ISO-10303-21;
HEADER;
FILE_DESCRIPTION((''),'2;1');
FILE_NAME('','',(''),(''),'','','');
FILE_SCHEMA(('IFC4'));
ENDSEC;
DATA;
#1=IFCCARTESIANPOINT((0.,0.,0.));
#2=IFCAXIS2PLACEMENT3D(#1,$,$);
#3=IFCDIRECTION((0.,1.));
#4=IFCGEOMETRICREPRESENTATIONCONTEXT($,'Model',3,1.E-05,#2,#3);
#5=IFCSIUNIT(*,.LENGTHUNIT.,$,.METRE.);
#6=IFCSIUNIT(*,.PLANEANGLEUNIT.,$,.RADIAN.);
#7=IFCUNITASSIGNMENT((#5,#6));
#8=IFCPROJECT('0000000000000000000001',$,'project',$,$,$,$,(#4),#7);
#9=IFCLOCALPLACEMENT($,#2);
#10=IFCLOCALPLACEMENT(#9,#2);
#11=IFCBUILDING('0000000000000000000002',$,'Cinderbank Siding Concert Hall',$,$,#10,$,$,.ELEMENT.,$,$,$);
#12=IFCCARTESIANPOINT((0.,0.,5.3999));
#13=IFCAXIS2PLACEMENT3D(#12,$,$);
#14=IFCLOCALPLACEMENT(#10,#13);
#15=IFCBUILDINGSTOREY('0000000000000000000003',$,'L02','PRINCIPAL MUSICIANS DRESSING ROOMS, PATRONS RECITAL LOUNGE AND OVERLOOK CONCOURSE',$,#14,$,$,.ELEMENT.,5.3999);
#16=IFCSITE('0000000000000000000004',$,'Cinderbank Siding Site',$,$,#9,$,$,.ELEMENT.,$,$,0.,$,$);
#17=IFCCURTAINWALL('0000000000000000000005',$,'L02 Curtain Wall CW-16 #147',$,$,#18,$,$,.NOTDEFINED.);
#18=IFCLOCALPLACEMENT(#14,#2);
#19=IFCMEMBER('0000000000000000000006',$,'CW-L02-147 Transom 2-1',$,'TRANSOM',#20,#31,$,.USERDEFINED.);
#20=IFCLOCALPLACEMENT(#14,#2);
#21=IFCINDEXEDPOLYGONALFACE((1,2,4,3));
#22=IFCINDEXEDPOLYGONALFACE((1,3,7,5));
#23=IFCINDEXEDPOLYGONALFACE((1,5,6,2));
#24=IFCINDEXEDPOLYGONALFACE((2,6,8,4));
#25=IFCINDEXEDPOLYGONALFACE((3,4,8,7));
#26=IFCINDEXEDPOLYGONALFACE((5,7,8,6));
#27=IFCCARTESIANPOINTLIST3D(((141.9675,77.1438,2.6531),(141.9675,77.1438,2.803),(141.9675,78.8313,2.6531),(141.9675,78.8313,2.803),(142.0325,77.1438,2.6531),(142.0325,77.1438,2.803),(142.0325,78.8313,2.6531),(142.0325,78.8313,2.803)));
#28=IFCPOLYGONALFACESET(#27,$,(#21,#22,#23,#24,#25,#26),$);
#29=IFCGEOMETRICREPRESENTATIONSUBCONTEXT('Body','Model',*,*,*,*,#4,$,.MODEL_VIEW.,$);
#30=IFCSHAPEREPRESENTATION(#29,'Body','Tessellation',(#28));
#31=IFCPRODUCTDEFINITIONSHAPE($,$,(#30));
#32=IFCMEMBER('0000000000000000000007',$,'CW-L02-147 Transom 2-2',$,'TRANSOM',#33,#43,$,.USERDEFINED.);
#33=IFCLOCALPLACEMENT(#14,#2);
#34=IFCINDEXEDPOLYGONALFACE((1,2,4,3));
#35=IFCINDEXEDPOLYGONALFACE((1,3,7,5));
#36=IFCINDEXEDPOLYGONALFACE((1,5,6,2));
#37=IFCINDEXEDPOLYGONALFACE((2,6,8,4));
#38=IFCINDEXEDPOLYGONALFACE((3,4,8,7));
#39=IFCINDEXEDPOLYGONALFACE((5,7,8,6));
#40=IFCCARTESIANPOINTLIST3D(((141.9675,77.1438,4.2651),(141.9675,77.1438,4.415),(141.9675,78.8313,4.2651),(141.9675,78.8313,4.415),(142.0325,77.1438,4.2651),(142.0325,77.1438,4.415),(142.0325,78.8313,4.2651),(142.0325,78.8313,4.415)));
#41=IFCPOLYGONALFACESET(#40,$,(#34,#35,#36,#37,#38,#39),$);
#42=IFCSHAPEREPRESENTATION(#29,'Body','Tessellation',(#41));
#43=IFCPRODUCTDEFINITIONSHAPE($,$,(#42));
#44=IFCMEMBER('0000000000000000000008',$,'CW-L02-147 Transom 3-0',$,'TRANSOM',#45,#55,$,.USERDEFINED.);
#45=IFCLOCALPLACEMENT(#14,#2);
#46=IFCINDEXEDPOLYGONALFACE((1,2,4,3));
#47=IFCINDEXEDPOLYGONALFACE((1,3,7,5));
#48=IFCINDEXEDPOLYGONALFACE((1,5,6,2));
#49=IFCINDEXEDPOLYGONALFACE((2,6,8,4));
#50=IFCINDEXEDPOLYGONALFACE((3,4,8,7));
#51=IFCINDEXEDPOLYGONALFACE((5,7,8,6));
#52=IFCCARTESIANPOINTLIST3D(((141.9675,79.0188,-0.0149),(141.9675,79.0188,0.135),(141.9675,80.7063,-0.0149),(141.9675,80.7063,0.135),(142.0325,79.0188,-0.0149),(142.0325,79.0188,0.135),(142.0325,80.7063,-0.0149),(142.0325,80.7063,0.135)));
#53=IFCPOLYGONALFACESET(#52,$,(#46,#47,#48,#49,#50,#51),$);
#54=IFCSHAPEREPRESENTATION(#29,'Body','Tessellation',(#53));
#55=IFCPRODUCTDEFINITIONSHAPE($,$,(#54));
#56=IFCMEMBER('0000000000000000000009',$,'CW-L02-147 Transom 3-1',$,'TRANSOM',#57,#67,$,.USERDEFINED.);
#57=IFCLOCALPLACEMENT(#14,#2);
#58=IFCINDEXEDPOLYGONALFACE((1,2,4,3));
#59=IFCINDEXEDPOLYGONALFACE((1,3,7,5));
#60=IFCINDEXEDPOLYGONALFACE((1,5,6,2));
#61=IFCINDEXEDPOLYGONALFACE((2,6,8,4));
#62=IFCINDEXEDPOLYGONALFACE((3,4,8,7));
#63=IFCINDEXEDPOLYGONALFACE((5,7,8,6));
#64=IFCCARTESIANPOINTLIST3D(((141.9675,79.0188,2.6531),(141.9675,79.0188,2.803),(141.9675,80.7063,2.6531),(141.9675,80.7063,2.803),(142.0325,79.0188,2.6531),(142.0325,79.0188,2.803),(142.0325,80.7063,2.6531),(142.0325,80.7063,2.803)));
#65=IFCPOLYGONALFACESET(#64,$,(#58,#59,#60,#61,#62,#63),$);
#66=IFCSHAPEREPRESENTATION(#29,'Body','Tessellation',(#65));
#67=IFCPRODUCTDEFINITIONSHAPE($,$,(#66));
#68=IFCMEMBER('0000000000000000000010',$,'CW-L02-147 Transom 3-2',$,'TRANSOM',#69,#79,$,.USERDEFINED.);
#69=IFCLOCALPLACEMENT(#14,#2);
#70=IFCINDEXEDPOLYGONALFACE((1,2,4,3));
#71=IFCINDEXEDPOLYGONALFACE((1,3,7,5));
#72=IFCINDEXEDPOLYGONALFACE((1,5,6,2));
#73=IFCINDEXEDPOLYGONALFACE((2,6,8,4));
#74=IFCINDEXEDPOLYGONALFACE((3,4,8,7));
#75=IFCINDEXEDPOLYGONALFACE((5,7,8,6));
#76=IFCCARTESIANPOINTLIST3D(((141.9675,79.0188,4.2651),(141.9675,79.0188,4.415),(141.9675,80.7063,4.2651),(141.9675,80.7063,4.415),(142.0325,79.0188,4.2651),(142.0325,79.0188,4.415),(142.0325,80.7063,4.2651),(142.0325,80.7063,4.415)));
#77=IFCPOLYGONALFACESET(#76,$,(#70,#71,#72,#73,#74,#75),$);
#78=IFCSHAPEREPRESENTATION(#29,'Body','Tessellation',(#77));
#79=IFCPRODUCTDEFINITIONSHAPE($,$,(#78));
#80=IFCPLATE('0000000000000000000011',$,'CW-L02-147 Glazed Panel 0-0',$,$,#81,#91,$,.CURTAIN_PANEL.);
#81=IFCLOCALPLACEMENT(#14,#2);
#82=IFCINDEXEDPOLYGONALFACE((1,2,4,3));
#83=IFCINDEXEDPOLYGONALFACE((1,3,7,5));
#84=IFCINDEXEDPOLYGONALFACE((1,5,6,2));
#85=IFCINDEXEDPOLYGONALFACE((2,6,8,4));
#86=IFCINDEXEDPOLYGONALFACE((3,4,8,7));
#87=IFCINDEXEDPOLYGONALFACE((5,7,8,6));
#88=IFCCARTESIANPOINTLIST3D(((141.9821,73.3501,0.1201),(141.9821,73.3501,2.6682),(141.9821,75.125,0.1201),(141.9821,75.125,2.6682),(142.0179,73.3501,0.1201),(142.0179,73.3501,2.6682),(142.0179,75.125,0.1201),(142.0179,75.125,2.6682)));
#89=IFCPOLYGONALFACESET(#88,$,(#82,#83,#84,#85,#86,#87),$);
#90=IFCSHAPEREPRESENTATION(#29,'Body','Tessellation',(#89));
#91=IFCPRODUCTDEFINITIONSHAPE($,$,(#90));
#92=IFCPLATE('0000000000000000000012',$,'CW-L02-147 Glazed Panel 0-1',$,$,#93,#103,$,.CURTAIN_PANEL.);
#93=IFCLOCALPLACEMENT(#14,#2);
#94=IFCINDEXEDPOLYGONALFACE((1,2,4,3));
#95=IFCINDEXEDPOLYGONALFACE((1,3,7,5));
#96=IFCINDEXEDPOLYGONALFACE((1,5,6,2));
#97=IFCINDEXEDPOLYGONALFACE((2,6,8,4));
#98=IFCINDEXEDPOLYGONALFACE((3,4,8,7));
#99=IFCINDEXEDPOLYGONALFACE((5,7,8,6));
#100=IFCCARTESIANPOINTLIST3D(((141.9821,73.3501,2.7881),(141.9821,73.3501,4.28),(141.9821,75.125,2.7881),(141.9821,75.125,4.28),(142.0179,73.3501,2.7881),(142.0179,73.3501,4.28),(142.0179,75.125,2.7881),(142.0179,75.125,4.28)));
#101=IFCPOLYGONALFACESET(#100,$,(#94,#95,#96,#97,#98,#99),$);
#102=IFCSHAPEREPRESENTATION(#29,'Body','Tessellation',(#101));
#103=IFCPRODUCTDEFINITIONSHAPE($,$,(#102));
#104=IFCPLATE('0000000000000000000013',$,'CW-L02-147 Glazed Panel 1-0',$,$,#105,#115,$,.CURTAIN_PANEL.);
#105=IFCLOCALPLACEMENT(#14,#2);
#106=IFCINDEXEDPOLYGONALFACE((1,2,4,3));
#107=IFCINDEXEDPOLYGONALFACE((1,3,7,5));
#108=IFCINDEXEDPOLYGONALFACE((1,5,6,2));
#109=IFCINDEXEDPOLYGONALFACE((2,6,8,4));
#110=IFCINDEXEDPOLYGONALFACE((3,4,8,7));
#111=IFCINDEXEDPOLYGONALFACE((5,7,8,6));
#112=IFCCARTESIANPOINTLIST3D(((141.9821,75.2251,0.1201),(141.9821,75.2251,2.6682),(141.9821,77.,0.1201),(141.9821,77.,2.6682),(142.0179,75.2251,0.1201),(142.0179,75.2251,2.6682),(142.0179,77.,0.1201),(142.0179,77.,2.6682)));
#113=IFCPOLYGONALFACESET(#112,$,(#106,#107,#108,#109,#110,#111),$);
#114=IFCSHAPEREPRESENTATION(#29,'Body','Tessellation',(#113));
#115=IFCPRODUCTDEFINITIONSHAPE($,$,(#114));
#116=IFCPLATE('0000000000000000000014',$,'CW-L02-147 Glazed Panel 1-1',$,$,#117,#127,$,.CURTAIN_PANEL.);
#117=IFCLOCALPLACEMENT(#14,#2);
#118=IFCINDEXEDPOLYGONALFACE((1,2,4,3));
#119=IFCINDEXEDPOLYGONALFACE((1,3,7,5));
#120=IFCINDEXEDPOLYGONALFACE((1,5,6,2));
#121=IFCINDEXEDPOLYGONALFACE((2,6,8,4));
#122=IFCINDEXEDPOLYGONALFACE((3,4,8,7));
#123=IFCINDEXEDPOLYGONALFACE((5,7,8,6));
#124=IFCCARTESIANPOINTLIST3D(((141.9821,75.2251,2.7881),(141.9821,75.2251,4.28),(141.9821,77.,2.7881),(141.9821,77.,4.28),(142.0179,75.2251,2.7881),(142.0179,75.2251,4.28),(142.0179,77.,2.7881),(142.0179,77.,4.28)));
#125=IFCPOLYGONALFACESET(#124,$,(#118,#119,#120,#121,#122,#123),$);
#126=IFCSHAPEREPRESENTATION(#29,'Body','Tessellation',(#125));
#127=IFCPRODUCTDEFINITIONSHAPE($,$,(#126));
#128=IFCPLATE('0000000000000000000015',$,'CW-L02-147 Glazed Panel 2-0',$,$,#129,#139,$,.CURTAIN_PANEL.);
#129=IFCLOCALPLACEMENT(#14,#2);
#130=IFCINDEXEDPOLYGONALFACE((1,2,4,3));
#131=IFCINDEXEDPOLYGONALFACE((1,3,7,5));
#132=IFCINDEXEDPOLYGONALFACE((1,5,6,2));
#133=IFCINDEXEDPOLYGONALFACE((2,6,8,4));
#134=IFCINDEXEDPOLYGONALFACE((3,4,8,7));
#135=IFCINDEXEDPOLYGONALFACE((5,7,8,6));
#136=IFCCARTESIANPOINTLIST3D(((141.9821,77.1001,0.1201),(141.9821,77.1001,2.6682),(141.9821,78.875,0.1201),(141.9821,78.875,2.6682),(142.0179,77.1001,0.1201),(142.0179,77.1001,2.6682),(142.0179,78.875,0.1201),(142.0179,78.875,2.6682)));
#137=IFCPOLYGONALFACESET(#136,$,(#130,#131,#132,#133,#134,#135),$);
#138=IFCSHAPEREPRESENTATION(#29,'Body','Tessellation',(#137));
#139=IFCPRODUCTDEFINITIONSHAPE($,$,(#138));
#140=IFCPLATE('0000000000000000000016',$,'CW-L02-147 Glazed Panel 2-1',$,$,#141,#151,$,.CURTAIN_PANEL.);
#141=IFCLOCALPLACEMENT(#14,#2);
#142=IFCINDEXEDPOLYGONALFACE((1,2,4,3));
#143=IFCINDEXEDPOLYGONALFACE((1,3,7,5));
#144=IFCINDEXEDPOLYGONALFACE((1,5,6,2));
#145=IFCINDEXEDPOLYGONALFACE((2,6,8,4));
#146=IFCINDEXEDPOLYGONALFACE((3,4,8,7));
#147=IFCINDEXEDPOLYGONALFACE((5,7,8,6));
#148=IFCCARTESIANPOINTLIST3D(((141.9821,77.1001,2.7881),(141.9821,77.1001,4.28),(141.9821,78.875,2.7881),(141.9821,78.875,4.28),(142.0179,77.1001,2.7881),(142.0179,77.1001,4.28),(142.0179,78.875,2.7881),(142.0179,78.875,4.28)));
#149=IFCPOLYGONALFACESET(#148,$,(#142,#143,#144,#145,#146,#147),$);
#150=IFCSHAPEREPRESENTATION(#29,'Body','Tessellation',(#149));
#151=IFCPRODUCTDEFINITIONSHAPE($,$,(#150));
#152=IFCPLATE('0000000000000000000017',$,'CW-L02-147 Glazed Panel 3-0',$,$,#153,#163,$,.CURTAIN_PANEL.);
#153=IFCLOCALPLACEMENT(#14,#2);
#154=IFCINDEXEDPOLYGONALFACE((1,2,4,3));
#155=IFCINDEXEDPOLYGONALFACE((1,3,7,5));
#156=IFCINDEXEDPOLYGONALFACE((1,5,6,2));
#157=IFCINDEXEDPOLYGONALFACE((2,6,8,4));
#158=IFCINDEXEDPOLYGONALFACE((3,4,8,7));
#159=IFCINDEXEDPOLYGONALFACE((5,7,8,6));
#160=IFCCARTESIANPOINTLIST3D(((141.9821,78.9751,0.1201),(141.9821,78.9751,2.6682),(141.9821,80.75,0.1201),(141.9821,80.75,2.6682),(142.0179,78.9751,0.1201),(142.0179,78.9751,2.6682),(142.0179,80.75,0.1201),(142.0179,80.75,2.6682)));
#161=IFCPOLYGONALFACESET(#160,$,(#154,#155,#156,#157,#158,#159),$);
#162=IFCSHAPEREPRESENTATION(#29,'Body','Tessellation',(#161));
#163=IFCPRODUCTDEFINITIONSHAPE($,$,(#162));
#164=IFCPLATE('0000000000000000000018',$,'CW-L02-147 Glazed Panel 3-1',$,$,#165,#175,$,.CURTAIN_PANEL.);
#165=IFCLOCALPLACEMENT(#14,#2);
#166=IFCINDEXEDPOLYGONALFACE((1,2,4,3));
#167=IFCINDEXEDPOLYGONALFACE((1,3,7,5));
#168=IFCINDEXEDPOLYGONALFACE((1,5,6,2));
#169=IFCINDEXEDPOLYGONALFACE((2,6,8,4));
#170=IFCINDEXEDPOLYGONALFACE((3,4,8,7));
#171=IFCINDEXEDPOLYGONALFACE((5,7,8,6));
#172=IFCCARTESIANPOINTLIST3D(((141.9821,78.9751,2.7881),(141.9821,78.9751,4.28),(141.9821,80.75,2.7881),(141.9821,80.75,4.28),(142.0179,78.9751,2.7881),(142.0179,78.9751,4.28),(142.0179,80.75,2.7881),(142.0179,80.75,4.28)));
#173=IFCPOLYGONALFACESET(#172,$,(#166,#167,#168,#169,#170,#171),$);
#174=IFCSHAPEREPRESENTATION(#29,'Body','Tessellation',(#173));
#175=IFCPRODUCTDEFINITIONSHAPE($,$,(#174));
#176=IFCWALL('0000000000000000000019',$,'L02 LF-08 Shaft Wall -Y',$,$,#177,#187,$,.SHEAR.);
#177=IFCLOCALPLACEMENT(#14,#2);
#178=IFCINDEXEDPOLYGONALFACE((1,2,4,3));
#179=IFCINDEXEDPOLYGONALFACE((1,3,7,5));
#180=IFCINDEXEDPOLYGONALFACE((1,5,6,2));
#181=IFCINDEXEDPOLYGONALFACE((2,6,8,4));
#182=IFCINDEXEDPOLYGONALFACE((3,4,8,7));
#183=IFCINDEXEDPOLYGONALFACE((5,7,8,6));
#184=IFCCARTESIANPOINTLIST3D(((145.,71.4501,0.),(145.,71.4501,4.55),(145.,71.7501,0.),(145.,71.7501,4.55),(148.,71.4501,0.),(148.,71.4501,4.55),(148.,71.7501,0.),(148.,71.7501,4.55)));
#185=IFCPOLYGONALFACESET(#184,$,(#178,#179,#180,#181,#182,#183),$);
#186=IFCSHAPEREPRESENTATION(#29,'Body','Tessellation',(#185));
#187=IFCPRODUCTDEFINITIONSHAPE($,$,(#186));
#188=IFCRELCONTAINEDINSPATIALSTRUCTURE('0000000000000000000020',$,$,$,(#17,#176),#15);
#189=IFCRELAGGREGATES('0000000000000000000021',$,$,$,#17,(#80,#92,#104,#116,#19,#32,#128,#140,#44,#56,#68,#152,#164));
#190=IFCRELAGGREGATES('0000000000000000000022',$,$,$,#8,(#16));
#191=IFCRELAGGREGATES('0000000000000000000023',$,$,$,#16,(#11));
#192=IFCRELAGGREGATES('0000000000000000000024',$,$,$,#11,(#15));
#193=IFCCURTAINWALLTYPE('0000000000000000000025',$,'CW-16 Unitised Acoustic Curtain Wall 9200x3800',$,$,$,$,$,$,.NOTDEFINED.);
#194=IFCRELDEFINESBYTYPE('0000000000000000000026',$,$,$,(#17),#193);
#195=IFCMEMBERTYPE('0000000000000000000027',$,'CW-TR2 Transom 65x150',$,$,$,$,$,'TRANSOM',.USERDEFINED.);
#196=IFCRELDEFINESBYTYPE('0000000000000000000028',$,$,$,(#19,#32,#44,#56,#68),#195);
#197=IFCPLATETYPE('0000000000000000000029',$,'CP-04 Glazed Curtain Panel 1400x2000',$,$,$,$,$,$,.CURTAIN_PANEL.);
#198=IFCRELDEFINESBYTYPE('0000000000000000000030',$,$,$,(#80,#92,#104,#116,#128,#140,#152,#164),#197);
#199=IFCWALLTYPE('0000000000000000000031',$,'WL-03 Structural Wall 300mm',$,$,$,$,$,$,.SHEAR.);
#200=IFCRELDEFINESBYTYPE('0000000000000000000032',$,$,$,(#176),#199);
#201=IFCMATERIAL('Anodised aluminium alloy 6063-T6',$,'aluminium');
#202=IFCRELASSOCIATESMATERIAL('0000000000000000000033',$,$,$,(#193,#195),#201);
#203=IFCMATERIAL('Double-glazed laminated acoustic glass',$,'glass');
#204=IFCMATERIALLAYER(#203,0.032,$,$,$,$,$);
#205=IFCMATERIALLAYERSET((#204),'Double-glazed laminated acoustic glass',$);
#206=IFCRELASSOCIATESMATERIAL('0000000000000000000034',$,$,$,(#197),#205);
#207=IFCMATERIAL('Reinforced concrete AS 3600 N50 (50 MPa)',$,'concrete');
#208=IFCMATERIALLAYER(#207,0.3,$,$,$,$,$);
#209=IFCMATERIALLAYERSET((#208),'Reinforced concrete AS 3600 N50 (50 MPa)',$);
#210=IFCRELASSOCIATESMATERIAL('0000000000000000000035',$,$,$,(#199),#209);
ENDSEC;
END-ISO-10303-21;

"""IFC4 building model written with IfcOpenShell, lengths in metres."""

from ifc_helpers import new_model, si_unit, direction, frame, frame_2d, origin, origin_2d, place, context, subcontext, project, spatial, rectangle, extrude, material, layer, layer_set, material_profile, profile_set, type_object, element, aggregate, save


model = new_model("IFC4")

# Units and contexts
model_context = context("Model", 3, precision=1e-05, world=origin(), true_north=direction((0.0, 1.0)))
body_context = subcontext(model_context, "Body", "Model", "MODEL_VIEW")
ifc_project = project(units=[si_unit("LENGTHUNIT", "METRE"), si_unit("PLANEANGLEUNIT", "RADIAN")], contexts=[model_context])

# Site, building, storey
site_placement = place(None, origin())
site = spatial("IfcSite", under=ifc_project, at=site_placement, Name="Cinderbank Siding Site", CompositionType="ELEMENT", RefElevation=0.0)
building_placement = place(site_placement, origin())
building = spatial("IfcBuilding", under=site, at=building_placement, Name="Cinderbank Siding Concert Hall", CompositionType="ELEMENT")
storey_placement = place(building_placement, frame((0.0, 0.0, 5.3999)))
storey = spatial("IfcBuildingStorey", under=building, at=storey_placement, Name="L02", Description="PRINCIPAL MUSICIANS DRESSING ROOMS, PATRONS RECITAL LOUNGE AND OVERLOOK CONCOURSE", CompositionType="ELEMENT", Elevation=5.3999)

# Curtain wall, members, plates
ifc_material_1 = material(Name="Anodised aluminium alloy 6063-T6", Category="aluminium")
curtain_wall_type = type_object("IfcCurtainWallType", Name="CW-16 Unitised Acoustic Curtain Wall 9200x3800", PredefinedType="NOTDEFINED", material=ifc_material_1)
curtain_wall_placement = place(storey_placement, origin())
curtain_wall = element("IfcCurtainWall", 1, at=curtain_wall_placement, inside=storey, type_object=curtain_wall_type, Name="L02 Curtain Wall CW-16 #147", PredefinedType="NOTDEFINED")
ifc_material_profile_1 = material_profile(ifc_material_1, rectangle(XDim=0.0649, YDim=0.1499, at=origin_2d()), Name="ALU-TRAN-65x150", Category="LoadBearing")
ifc_profile_set_1 = profile_set([ifc_material_profile_1], Name="Anodised aluminium alloy 6063-T6")
member_type_1 = type_object("IfcMemberType", Name="CW-TR2 Transom 65x150", ElementType="TRANSOM", PredefinedType="USERDEFINED", material=ifc_profile_set_1)
member_1_placement = place(storey_placement, frame((142.0, 77.1438, 2.728), z_axis=(0.0, 1.0, 0.0), x_axis=(-1.0, 0.0, 0.0)))
member_1 = element("IfcMember", 2, at=member_1_placement, type_object=member_type_1, Name="CW-L02-147 Transom 2-1", ObjectType="TRANSOM", PredefinedType="USERDEFINED", context=body_context, shape_type="SweptSolid", body=[
    extrude(rectangle(XDim=0.0649, YDim=0.1499, at=origin_2d()), origin(), (0.0, 0.0, 1.0), 1.6875),
])
member_2_placement = place(storey_placement, frame((142.0, 77.1438, 4.3401), z_axis=(0.0, 1.0, 0.0), x_axis=(-1.0, 0.0, 0.0)))
member_2 = element("IfcMember", 3, at=member_2_placement, type_object=member_type_1, Name="CW-L02-147 Transom 2-2", ObjectType="TRANSOM", PredefinedType="USERDEFINED", context=body_context, shape_type="SweptSolid", body=[
    extrude(rectangle(XDim=0.0649, YDim=0.1499, at=origin_2d()), origin(), (0.0, 0.0, 1.0), 1.6875),
])
member_3_placement = place(storey_placement, frame((142.0, 79.0188, 0.0601), z_axis=(0.0, 1.0, 0.0), x_axis=(-1.0, 0.0, 0.0)))
member_3 = element("IfcMember", 4, at=member_3_placement, type_object=member_type_1, Name="CW-L02-147 Transom 3-0", ObjectType="TRANSOM", PredefinedType="USERDEFINED", context=body_context, shape_type="SweptSolid", body=[
    extrude(rectangle(XDim=0.0649, YDim=0.1499, at=origin_2d()), origin(), (0.0, 0.0, 1.0), 1.6875),
])
member_4_placement = place(storey_placement, frame((142.0, 79.0188, 2.728), z_axis=(0.0, 1.0, 0.0), x_axis=(-1.0, 0.0, 0.0)))
member_4 = element("IfcMember", 5, at=member_4_placement, type_object=member_type_1, Name="CW-L02-147 Transom 3-1", ObjectType="TRANSOM", PredefinedType="USERDEFINED", context=body_context, shape_type="SweptSolid", body=[
    extrude(rectangle(XDim=0.0649, YDim=0.1499, at=origin_2d()), origin(), (0.0, 0.0, 1.0), 1.6875),
])
member_5_placement = place(storey_placement, frame((142.0, 79.0188, 4.3401), z_axis=(0.0, 1.0, 0.0), x_axis=(-1.0, 0.0, 0.0)))
member_5 = element("IfcMember", 6, at=member_5_placement, type_object=member_type_1, Name="CW-L02-147 Transom 3-2", ObjectType="TRANSOM", PredefinedType="USERDEFINED", context=body_context, shape_type="SweptSolid", body=[
    extrude(rectangle(XDim=0.0649, YDim=0.1499, at=origin_2d()), origin(), (0.0, 0.0, 1.0), 1.6875),
])
ifc_material_2 = material(Name="Double-glazed laminated acoustic glass", Category="glass")
ifc_layer_1 = layer(ifc_material_2, 0.032)
ifc_layer_set_1 = layer_set([ifc_layer_1], Name="Double-glazed laminated acoustic glass")
plate_type = type_object("IfcPlateType", Name="CP-04 Glazed Curtain Panel 1400x2000", PredefinedType="CURTAIN_PANEL", material=ifc_layer_set_1)
plate_1_placement = place(storey_placement, frame((142.0, 74.2375, 0.1201), z_axis=(0.0, 0.0, 1.0), x_axis=(0.0, 1.0, 0.0)))
plate_1 = element("IfcPlate", 7, at=plate_1_placement, type_object=plate_type, Name="CW-L02-147 Glazed Panel 0-0", PredefinedType="CURTAIN_PANEL", context=body_context, shape_type="SweptSolid", body=[
    extrude(rectangle(XDim=1.7749, YDim=0.0359, at=origin_2d()), origin(), (0.0, 0.0, 1.0), 2.5481),
])
plate_2_placement = place(storey_placement, frame((142.0, 74.2375, 2.7881), z_axis=(0.0, 0.0, 1.0), x_axis=(0.0, 1.0, 0.0)))
plate_2 = element("IfcPlate", 8, at=plate_2_placement, type_object=plate_type, Name="CW-L02-147 Glazed Panel 0-1", PredefinedType="CURTAIN_PANEL", context=body_context, shape_type="SweptSolid", body=[
    extrude(rectangle(XDim=1.7749, YDim=0.0359, at=origin_2d()), origin(), (0.0, 0.0, 1.0), 1.4919),
])
plate_3_placement = place(storey_placement, frame((142.0, 76.1125, 0.1201), z_axis=(0.0, 0.0, 1.0), x_axis=(0.0, 1.0, 0.0)))
plate_3 = element("IfcPlate", 9, at=plate_3_placement, type_object=plate_type, Name="CW-L02-147 Glazed Panel 1-0", PredefinedType="CURTAIN_PANEL", context=body_context, shape_type="SweptSolid", body=[
    extrude(rectangle(XDim=1.7749, YDim=0.0359, at=origin_2d()), origin(), (0.0, 0.0, 1.0), 2.5481),
])
plate_4_placement = place(storey_placement, frame((142.0, 76.1125, 2.7881), z_axis=(0.0, 0.0, 1.0), x_axis=(0.0, 1.0, 0.0)))
plate_4 = element("IfcPlate", 10, at=plate_4_placement, type_object=plate_type, Name="CW-L02-147 Glazed Panel 1-1", PredefinedType="CURTAIN_PANEL", context=body_context, shape_type="SweptSolid", body=[
    extrude(rectangle(XDim=1.7749, YDim=0.0359, at=origin_2d()), origin(), (0.0, 0.0, 1.0), 1.4919),
])
plate_5_placement = place(storey_placement, frame((142.0, 77.9875, 0.1201), z_axis=(0.0, 0.0, 1.0), x_axis=(0.0, 1.0, 0.0)))
plate_5 = element("IfcPlate", 11, at=plate_5_placement, type_object=plate_type, Name="CW-L02-147 Glazed Panel 2-0", PredefinedType="CURTAIN_PANEL", context=body_context, shape_type="SweptSolid", body=[
    extrude(rectangle(XDim=1.7749, YDim=0.0359, at=origin_2d()), origin(), (0.0, 0.0, 1.0), 2.5481),
])
plate_6_placement = place(storey_placement, frame((142.0, 77.9875, 2.7881), z_axis=(0.0, 0.0, 1.0), x_axis=(0.0, 1.0, 0.0)))
plate_6 = element("IfcPlate", 12, at=plate_6_placement, type_object=plate_type, Name="CW-L02-147 Glazed Panel 2-1", PredefinedType="CURTAIN_PANEL", context=body_context, shape_type="SweptSolid", body=[
    extrude(rectangle(XDim=1.7749, YDim=0.0359, at=origin_2d()), origin(), (0.0, 0.0, 1.0), 1.4919),
])
plate_7_placement = place(storey_placement, frame((142.0, 79.8625, 0.1201), z_axis=(0.0, 0.0, 1.0), x_axis=(0.0, 1.0, 0.0)))
plate_7 = element("IfcPlate", 13, at=plate_7_placement, type_object=plate_type, Name="CW-L02-147 Glazed Panel 3-0", PredefinedType="CURTAIN_PANEL", context=body_context, shape_type="SweptSolid", body=[
    extrude(rectangle(XDim=1.7749, YDim=0.0359, at=origin_2d()), origin(), (0.0, 0.0, 1.0), 2.5481),
])
plate_8_placement = place(storey_placement, frame((142.0, 79.8625, 2.7881), z_axis=(0.0, 0.0, 1.0), x_axis=(0.0, 1.0, 0.0)))
plate_8 = element("IfcPlate", 14, at=plate_8_placement, type_object=plate_type, Name="CW-L02-147 Glazed Panel 3-1", PredefinedType="CURTAIN_PANEL", context=body_context, shape_type="SweptSolid", body=[
    extrude(rectangle(XDim=1.7749, YDim=0.0359, at=origin_2d()), origin(), (0.0, 0.0, 1.0), 1.4919),
])
aggregate(curtain_wall, [plate_1, plate_2, plate_3, plate_4, member_1, member_2, plate_5, plate_6, member_3, member_4, member_5, plate_7, plate_8])

# Wall
ifc_material_3 = material(Name="Reinforced concrete AS 3600 N50 (50 MPa)", Category="concrete")
ifc_layer_2 = layer(ifc_material_3, 0.3)
ifc_layer_set_2 = layer_set([ifc_layer_2], Name="Reinforced concrete AS 3600 N50 (50 MPa)")
wall_type = type_object("IfcWallType", Name="WL-03 Structural Wall 300mm", PredefinedType="SHEAR", material=ifc_layer_set_2)
wall_1_placement = place(storey_placement, frame((148.0, 71.6001, 0.0), z_axis=(0.0, 0.0, 1.0), x_axis=(-1.0, 0.0, 0.0)))
element("IfcWall", 15, at=wall_1_placement, inside=storey, type_object=wall_type, Name="L02 LF-08 Shaft Wall -Y", PredefinedType="SHEAR", context=body_context, shape_type="SweptSolid", body=[
    extrude(rectangle(XDim=3.0, YDim=0.3, at=frame_2d((1.5, 0.0))), origin(), (0.0, 0.0, 1.0), 4.55),
])

save(model, "model.ifc")
